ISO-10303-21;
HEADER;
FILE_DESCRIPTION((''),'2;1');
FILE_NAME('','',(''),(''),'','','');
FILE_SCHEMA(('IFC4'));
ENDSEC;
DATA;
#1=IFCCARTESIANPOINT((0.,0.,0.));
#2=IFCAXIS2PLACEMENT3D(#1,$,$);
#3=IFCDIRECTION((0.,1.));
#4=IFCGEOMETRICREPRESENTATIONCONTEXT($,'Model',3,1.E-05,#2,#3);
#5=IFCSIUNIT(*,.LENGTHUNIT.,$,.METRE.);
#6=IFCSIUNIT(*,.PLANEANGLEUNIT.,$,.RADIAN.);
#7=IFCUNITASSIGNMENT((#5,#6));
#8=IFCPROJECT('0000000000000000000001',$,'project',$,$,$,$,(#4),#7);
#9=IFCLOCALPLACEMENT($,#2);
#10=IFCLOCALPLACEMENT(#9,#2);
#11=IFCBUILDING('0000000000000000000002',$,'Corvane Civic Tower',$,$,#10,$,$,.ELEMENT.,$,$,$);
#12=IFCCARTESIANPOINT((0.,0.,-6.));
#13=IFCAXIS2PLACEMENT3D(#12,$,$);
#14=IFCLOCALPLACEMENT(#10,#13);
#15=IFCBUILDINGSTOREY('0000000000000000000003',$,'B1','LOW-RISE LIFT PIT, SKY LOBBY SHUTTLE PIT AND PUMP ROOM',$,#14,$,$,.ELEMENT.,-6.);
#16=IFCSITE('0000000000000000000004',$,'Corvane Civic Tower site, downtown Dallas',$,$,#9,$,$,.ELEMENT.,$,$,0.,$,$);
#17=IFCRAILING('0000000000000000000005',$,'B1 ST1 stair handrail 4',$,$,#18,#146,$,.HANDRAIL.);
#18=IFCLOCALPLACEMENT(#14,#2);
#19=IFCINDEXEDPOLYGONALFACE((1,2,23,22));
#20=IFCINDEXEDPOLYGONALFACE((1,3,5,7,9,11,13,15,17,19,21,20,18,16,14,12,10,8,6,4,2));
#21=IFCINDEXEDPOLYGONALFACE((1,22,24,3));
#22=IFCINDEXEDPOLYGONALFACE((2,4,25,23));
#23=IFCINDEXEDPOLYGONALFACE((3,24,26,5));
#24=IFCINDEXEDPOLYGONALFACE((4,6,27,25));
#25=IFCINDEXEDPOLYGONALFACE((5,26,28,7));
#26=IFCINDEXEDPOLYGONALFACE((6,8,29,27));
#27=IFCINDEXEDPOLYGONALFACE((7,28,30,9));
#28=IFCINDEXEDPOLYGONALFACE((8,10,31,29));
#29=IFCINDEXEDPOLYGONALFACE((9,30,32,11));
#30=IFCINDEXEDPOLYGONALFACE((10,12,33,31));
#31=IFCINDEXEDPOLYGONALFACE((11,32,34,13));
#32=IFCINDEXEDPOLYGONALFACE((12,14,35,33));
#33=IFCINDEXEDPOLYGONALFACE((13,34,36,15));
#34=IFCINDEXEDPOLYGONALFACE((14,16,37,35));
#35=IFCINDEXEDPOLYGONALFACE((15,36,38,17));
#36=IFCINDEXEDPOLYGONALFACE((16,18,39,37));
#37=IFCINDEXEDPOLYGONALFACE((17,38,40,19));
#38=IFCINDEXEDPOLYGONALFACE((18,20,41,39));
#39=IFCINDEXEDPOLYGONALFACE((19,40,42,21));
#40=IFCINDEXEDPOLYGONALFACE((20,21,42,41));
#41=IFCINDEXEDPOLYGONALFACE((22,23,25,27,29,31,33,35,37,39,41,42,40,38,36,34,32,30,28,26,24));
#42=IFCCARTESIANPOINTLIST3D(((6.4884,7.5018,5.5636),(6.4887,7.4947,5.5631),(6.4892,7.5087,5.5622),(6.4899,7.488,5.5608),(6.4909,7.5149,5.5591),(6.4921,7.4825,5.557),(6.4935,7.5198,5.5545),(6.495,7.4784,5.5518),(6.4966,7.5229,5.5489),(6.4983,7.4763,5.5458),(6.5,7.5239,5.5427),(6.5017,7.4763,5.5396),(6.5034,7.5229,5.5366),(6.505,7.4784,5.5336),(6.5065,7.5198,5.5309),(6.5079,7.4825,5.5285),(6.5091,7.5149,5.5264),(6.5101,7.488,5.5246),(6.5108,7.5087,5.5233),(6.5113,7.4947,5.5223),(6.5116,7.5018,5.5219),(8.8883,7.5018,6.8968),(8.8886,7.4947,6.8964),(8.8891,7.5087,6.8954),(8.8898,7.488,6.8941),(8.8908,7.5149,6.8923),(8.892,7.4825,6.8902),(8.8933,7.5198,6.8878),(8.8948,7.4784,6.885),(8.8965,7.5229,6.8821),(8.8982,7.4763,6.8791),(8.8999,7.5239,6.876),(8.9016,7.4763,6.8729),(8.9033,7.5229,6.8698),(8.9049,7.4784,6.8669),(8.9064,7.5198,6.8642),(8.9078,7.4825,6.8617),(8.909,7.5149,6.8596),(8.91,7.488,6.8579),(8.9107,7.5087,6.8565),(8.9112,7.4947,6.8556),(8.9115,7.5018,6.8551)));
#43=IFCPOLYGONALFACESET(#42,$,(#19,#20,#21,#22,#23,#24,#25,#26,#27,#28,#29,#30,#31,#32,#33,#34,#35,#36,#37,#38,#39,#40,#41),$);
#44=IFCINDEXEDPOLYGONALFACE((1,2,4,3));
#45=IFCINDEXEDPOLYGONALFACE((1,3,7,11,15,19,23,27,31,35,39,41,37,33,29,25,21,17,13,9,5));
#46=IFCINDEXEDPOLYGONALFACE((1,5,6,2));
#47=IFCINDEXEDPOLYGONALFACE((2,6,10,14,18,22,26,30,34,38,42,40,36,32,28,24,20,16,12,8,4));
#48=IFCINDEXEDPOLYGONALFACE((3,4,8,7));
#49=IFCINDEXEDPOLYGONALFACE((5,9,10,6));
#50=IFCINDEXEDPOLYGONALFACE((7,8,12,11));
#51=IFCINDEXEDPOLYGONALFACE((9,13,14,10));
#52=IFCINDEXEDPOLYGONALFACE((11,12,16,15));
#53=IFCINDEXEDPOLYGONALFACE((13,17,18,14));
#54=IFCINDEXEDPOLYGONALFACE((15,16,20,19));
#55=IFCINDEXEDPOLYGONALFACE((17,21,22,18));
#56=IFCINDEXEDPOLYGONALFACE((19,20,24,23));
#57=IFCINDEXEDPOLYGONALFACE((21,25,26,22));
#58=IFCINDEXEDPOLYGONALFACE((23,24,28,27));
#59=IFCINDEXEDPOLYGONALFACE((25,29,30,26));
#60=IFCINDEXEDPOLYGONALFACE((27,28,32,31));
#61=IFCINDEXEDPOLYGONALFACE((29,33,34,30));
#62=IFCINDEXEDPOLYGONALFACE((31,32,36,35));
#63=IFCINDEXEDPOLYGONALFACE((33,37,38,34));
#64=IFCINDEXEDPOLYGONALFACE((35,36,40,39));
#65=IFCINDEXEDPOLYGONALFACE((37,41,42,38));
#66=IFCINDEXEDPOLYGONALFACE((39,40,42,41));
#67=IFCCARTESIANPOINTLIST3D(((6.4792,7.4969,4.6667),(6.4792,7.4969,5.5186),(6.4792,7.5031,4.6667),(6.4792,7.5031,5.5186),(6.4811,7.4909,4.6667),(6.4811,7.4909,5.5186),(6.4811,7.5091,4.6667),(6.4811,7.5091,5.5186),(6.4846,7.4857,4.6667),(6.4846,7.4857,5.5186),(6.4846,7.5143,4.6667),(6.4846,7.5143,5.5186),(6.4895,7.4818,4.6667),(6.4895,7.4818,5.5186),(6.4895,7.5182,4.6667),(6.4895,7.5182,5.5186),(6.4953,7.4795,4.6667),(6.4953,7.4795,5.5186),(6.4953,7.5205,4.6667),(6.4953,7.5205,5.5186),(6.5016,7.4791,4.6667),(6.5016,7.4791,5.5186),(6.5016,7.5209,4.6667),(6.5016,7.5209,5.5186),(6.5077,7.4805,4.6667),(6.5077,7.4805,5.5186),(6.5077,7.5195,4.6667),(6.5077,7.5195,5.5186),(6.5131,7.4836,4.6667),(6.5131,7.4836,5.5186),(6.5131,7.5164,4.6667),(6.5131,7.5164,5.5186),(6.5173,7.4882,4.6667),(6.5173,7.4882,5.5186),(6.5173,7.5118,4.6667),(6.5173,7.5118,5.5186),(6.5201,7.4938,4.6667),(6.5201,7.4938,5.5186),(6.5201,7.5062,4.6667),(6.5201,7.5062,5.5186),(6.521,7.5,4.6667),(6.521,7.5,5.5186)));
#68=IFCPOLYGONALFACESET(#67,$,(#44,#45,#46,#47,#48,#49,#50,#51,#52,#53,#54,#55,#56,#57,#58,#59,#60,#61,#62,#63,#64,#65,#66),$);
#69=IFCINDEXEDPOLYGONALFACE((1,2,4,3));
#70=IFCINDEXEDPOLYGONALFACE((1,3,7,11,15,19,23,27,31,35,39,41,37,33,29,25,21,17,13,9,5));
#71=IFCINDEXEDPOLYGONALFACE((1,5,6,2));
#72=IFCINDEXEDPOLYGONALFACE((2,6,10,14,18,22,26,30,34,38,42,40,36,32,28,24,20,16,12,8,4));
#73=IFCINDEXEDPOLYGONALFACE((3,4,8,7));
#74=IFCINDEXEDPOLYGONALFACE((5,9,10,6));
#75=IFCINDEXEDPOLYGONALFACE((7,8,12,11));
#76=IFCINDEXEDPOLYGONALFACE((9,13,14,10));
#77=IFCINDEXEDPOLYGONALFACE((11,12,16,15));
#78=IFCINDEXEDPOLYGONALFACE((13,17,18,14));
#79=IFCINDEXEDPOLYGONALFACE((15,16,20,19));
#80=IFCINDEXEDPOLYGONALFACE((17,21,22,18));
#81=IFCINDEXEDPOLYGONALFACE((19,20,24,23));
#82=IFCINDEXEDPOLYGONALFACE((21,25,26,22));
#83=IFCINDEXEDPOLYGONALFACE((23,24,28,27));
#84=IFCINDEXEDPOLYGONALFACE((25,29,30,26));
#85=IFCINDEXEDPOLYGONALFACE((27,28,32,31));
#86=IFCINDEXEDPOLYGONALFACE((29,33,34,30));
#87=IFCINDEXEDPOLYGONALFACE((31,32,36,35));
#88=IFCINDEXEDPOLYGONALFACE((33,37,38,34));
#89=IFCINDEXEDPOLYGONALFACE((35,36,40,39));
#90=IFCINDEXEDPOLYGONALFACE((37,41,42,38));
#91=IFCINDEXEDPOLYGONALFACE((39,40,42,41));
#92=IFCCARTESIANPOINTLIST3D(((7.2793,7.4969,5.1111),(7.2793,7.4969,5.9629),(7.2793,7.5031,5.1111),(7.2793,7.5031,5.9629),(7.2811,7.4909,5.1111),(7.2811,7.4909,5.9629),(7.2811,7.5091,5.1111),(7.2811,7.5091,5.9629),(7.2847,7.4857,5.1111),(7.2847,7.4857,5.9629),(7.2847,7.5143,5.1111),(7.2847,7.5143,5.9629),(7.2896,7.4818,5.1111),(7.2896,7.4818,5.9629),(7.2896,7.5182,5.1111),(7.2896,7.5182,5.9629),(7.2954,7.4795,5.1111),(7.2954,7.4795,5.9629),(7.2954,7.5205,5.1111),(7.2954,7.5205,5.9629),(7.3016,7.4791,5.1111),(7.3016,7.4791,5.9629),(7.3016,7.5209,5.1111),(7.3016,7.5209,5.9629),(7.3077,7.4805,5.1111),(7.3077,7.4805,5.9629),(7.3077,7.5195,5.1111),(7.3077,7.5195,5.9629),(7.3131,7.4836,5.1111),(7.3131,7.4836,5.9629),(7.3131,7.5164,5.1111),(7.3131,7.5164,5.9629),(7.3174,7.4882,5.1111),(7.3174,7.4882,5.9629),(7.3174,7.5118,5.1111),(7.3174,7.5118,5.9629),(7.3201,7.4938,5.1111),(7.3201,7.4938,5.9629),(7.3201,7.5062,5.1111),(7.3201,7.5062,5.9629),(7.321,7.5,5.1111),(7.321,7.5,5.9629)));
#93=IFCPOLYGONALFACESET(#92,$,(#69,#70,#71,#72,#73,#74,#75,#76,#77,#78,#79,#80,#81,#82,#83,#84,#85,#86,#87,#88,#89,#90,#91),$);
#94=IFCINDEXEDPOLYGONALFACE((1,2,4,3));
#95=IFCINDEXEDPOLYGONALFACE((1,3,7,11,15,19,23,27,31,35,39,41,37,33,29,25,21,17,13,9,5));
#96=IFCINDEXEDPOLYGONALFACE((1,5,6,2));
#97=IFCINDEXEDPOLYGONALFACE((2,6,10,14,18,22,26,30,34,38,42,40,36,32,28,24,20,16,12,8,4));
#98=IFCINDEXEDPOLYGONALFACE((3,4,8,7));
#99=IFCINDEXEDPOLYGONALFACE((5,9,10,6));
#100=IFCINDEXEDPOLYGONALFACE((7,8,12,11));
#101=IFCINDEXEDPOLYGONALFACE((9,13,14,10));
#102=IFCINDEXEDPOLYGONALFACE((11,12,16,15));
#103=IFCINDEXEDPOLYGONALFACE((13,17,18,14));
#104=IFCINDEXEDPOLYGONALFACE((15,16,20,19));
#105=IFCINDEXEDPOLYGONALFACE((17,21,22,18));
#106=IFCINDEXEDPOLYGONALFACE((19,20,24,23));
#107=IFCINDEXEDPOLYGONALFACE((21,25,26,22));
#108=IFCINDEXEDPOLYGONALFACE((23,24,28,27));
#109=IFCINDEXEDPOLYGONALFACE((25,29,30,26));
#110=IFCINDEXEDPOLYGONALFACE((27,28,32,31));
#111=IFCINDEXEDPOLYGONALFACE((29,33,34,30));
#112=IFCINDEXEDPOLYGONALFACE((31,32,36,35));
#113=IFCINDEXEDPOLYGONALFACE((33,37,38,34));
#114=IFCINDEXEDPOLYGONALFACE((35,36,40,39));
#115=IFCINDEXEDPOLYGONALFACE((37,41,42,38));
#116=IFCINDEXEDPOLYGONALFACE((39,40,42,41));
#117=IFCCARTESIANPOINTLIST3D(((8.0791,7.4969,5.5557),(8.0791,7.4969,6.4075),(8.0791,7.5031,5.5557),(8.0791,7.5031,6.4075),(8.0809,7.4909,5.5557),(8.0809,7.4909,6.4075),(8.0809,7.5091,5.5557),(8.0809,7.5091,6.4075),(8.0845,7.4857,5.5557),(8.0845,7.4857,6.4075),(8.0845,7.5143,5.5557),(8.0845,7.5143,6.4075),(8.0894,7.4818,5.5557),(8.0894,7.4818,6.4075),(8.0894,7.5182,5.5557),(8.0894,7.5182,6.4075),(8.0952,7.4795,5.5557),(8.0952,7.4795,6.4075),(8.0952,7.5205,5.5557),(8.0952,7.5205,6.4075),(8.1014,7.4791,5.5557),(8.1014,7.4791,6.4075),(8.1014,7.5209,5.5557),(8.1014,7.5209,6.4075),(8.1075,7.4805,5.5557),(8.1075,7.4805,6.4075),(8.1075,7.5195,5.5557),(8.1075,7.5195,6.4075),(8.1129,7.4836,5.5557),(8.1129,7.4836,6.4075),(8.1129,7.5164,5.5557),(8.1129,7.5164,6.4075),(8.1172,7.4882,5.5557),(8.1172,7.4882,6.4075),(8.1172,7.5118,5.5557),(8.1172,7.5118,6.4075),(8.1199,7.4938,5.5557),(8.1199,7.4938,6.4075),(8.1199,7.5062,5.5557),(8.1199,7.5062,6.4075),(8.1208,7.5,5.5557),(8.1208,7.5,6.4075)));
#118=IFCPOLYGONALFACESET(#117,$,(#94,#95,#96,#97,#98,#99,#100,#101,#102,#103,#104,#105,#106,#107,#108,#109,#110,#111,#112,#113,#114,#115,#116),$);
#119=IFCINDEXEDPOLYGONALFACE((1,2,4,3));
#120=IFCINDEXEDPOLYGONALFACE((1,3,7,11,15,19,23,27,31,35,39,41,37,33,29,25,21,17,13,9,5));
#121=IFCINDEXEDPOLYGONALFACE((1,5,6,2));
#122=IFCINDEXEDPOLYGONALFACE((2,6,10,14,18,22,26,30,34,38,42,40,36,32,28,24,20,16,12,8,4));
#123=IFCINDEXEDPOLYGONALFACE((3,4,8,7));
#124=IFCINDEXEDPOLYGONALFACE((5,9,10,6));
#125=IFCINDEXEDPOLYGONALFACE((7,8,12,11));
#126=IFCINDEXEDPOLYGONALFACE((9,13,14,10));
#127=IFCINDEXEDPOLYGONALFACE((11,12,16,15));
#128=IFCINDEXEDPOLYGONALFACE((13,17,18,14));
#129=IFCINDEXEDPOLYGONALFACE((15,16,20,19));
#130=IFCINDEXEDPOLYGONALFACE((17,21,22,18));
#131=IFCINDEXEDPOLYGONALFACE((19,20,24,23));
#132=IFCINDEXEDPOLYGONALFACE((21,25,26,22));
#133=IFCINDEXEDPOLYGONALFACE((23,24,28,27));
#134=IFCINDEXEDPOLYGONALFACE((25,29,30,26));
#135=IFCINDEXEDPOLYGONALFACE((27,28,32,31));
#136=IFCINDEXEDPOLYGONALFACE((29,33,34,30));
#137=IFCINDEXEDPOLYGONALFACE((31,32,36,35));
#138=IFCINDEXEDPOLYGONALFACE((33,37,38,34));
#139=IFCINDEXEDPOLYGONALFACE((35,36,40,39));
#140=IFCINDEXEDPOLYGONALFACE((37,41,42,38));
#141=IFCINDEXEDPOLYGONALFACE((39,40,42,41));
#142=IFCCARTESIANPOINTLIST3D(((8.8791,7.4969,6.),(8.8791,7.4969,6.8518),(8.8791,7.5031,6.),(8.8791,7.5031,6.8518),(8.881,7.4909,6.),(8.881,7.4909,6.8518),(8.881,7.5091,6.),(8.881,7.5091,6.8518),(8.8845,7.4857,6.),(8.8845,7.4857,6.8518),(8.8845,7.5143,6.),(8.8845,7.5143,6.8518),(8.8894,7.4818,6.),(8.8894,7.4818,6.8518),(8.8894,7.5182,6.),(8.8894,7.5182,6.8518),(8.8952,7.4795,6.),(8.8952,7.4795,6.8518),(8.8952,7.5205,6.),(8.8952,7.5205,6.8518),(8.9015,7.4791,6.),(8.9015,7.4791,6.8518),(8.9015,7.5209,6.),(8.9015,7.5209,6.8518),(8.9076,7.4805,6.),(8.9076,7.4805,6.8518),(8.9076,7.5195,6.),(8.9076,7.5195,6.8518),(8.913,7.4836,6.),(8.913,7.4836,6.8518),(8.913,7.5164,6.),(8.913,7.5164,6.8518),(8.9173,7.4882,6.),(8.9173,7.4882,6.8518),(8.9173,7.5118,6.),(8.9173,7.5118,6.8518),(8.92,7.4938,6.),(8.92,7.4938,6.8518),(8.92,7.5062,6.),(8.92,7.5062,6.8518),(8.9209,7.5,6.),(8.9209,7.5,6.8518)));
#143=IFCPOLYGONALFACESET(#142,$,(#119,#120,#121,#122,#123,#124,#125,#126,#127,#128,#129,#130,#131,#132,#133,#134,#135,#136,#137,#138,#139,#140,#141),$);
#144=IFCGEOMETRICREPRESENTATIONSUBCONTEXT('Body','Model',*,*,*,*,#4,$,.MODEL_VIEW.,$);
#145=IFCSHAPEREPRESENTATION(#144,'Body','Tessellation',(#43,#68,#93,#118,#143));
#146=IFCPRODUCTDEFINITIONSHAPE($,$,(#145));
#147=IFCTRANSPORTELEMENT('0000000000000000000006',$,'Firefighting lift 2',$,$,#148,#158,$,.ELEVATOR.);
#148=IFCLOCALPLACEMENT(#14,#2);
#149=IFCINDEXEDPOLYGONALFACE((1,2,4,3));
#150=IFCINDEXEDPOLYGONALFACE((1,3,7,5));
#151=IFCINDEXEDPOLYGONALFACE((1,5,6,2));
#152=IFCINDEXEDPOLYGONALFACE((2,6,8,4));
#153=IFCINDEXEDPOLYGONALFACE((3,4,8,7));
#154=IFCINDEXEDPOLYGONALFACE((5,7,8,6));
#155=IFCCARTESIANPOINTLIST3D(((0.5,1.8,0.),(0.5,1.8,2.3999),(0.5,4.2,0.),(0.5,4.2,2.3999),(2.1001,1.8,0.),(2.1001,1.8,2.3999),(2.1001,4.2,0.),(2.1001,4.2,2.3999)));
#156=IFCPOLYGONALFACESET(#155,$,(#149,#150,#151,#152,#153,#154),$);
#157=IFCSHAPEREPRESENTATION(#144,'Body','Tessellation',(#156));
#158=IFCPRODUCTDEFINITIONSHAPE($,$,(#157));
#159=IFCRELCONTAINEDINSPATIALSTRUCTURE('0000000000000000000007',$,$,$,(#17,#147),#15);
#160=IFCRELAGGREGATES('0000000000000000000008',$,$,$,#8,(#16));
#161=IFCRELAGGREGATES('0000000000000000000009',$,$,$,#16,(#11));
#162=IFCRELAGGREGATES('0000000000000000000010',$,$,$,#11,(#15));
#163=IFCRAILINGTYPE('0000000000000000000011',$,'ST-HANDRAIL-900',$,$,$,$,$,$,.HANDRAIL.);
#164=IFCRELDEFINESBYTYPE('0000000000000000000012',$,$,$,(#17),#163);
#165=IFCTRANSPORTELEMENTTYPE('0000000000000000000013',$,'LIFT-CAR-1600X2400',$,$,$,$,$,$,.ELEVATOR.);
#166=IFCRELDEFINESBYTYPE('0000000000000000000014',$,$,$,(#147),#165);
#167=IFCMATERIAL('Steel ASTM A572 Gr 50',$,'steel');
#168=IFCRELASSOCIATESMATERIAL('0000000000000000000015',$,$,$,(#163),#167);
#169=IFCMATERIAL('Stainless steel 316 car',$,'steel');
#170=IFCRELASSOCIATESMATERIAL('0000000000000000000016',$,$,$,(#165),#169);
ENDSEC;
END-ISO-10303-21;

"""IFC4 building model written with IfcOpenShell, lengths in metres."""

from ifc_helpers import new_model, si_unit, direction, frame, origin, origin_2d, place, context, subcontext, project, spatial, rectangle, circle, extrude, material, type_object, element, save


model = new_model("IFC4")

# Units and contexts
model_context = context("Model", 3, precision=1e-05, world=origin(), true_north=direction((0.0, 1.0)))
body_context = subcontext(model_context, "Body", "Model", "MODEL_VIEW")
ifc_project = project(units=[si_unit("LENGTHUNIT", "METRE"), si_unit("PLANEANGLEUNIT", "RADIAN")], contexts=[model_context])

# Site, building, storey
site_placement = place(None, origin())
site = spatial("IfcSite", under=ifc_project, at=site_placement, Name="Corvane Civic Tower site, downtown Dallas", CompositionType="ELEMENT", RefElevation=0.0)
building_placement = place(site_placement, origin())
building = spatial("IfcBuilding", under=site, at=building_placement, Name="Corvane Civic Tower", CompositionType="ELEMENT")
storey_placement = place(building_placement, frame((0.0, 0.0, -6.0)))
storey = spatial("IfcBuildingStorey", under=building, at=storey_placement, Name="B1", Description="LOW-RISE LIFT PIT, SKY LOBBY SHUTTLE PIT AND PUMP ROOM", CompositionType="ELEMENT", Elevation=-6.0)

# Railing
ifc_material_1 = material(Name="Steel ASTM A572 Gr 50", Category="steel")
railing_type = type_object("IfcRailingType", Name="ST-HANDRAIL-900", PredefinedType="HANDRAIL", material=ifc_material_1)
for number, where, name in (
    (1, (6.5, 7.5, 4.6667), "B1 ST1 stair handrail 4"),
):
    element("IfcRailing", number, at=place(storey_placement, frame(where)), inside=storey, type_object=railing_type, Name=name, PredefinedType="HANDRAIL", context=body_context, shape_type="SweptSolid", body=[
        extrude(circle(Radius=0.0239, at=origin_2d()), frame((0.0, 0.0, 0.876), z_axis=(0.874161, 0.0, 0.485635), x_axis=(0.0, 1.0, 0.0)), (0.0, 0.0, 1.0), 2.7454),
        extrude(circle(Radius=0.021, at=origin_2d()), origin(), (0.0, 0.0, 1.0), 0.8518),
        extrude(circle(Radius=0.021, at=origin_2d()), frame((0.8, 0.0, 0.4443)), (0.0, 0.0, 1.0), 0.8518),
        extrude(circle(Radius=0.021, at=origin_2d()), frame((1.5999, 0.0, 0.8889)), (0.0, 0.0, 1.0), 0.8518),
        extrude(circle(Radius=0.021, at=origin_2d()), frame((2.3999, 0.0, 1.3333)), (0.0, 0.0, 1.0), 0.8518),
    ])

# Transport element
ifc_material_2 = material(Name="Stainless steel 316 car", Category="steel")
transport_element_type = type_object("IfcTransportElementType", Name="LIFT-CAR-1600X2400", PredefinedType="ELEVATOR", material=ifc_material_2)
transport_element_placement = place(storey_placement, frame((1.3, 3.0, 0.0), z_axis=(0.0, 0.0, 1.0), x_axis=(1.0, 0.0, 0.0)))
element("IfcTransportElement", 2, at=transport_element_placement, inside=storey, type_object=transport_element_type, Name="Firefighting lift 2", PredefinedType="ELEVATOR", context=body_context, shape_type="SweptSolid", body=[
    extrude(rectangle(XDim=1.6001, YDim=2.3999, at=origin_2d()), origin(), (0.0, 0.0, 1.0), 2.3999),
])

save(model, "model.ifc")
